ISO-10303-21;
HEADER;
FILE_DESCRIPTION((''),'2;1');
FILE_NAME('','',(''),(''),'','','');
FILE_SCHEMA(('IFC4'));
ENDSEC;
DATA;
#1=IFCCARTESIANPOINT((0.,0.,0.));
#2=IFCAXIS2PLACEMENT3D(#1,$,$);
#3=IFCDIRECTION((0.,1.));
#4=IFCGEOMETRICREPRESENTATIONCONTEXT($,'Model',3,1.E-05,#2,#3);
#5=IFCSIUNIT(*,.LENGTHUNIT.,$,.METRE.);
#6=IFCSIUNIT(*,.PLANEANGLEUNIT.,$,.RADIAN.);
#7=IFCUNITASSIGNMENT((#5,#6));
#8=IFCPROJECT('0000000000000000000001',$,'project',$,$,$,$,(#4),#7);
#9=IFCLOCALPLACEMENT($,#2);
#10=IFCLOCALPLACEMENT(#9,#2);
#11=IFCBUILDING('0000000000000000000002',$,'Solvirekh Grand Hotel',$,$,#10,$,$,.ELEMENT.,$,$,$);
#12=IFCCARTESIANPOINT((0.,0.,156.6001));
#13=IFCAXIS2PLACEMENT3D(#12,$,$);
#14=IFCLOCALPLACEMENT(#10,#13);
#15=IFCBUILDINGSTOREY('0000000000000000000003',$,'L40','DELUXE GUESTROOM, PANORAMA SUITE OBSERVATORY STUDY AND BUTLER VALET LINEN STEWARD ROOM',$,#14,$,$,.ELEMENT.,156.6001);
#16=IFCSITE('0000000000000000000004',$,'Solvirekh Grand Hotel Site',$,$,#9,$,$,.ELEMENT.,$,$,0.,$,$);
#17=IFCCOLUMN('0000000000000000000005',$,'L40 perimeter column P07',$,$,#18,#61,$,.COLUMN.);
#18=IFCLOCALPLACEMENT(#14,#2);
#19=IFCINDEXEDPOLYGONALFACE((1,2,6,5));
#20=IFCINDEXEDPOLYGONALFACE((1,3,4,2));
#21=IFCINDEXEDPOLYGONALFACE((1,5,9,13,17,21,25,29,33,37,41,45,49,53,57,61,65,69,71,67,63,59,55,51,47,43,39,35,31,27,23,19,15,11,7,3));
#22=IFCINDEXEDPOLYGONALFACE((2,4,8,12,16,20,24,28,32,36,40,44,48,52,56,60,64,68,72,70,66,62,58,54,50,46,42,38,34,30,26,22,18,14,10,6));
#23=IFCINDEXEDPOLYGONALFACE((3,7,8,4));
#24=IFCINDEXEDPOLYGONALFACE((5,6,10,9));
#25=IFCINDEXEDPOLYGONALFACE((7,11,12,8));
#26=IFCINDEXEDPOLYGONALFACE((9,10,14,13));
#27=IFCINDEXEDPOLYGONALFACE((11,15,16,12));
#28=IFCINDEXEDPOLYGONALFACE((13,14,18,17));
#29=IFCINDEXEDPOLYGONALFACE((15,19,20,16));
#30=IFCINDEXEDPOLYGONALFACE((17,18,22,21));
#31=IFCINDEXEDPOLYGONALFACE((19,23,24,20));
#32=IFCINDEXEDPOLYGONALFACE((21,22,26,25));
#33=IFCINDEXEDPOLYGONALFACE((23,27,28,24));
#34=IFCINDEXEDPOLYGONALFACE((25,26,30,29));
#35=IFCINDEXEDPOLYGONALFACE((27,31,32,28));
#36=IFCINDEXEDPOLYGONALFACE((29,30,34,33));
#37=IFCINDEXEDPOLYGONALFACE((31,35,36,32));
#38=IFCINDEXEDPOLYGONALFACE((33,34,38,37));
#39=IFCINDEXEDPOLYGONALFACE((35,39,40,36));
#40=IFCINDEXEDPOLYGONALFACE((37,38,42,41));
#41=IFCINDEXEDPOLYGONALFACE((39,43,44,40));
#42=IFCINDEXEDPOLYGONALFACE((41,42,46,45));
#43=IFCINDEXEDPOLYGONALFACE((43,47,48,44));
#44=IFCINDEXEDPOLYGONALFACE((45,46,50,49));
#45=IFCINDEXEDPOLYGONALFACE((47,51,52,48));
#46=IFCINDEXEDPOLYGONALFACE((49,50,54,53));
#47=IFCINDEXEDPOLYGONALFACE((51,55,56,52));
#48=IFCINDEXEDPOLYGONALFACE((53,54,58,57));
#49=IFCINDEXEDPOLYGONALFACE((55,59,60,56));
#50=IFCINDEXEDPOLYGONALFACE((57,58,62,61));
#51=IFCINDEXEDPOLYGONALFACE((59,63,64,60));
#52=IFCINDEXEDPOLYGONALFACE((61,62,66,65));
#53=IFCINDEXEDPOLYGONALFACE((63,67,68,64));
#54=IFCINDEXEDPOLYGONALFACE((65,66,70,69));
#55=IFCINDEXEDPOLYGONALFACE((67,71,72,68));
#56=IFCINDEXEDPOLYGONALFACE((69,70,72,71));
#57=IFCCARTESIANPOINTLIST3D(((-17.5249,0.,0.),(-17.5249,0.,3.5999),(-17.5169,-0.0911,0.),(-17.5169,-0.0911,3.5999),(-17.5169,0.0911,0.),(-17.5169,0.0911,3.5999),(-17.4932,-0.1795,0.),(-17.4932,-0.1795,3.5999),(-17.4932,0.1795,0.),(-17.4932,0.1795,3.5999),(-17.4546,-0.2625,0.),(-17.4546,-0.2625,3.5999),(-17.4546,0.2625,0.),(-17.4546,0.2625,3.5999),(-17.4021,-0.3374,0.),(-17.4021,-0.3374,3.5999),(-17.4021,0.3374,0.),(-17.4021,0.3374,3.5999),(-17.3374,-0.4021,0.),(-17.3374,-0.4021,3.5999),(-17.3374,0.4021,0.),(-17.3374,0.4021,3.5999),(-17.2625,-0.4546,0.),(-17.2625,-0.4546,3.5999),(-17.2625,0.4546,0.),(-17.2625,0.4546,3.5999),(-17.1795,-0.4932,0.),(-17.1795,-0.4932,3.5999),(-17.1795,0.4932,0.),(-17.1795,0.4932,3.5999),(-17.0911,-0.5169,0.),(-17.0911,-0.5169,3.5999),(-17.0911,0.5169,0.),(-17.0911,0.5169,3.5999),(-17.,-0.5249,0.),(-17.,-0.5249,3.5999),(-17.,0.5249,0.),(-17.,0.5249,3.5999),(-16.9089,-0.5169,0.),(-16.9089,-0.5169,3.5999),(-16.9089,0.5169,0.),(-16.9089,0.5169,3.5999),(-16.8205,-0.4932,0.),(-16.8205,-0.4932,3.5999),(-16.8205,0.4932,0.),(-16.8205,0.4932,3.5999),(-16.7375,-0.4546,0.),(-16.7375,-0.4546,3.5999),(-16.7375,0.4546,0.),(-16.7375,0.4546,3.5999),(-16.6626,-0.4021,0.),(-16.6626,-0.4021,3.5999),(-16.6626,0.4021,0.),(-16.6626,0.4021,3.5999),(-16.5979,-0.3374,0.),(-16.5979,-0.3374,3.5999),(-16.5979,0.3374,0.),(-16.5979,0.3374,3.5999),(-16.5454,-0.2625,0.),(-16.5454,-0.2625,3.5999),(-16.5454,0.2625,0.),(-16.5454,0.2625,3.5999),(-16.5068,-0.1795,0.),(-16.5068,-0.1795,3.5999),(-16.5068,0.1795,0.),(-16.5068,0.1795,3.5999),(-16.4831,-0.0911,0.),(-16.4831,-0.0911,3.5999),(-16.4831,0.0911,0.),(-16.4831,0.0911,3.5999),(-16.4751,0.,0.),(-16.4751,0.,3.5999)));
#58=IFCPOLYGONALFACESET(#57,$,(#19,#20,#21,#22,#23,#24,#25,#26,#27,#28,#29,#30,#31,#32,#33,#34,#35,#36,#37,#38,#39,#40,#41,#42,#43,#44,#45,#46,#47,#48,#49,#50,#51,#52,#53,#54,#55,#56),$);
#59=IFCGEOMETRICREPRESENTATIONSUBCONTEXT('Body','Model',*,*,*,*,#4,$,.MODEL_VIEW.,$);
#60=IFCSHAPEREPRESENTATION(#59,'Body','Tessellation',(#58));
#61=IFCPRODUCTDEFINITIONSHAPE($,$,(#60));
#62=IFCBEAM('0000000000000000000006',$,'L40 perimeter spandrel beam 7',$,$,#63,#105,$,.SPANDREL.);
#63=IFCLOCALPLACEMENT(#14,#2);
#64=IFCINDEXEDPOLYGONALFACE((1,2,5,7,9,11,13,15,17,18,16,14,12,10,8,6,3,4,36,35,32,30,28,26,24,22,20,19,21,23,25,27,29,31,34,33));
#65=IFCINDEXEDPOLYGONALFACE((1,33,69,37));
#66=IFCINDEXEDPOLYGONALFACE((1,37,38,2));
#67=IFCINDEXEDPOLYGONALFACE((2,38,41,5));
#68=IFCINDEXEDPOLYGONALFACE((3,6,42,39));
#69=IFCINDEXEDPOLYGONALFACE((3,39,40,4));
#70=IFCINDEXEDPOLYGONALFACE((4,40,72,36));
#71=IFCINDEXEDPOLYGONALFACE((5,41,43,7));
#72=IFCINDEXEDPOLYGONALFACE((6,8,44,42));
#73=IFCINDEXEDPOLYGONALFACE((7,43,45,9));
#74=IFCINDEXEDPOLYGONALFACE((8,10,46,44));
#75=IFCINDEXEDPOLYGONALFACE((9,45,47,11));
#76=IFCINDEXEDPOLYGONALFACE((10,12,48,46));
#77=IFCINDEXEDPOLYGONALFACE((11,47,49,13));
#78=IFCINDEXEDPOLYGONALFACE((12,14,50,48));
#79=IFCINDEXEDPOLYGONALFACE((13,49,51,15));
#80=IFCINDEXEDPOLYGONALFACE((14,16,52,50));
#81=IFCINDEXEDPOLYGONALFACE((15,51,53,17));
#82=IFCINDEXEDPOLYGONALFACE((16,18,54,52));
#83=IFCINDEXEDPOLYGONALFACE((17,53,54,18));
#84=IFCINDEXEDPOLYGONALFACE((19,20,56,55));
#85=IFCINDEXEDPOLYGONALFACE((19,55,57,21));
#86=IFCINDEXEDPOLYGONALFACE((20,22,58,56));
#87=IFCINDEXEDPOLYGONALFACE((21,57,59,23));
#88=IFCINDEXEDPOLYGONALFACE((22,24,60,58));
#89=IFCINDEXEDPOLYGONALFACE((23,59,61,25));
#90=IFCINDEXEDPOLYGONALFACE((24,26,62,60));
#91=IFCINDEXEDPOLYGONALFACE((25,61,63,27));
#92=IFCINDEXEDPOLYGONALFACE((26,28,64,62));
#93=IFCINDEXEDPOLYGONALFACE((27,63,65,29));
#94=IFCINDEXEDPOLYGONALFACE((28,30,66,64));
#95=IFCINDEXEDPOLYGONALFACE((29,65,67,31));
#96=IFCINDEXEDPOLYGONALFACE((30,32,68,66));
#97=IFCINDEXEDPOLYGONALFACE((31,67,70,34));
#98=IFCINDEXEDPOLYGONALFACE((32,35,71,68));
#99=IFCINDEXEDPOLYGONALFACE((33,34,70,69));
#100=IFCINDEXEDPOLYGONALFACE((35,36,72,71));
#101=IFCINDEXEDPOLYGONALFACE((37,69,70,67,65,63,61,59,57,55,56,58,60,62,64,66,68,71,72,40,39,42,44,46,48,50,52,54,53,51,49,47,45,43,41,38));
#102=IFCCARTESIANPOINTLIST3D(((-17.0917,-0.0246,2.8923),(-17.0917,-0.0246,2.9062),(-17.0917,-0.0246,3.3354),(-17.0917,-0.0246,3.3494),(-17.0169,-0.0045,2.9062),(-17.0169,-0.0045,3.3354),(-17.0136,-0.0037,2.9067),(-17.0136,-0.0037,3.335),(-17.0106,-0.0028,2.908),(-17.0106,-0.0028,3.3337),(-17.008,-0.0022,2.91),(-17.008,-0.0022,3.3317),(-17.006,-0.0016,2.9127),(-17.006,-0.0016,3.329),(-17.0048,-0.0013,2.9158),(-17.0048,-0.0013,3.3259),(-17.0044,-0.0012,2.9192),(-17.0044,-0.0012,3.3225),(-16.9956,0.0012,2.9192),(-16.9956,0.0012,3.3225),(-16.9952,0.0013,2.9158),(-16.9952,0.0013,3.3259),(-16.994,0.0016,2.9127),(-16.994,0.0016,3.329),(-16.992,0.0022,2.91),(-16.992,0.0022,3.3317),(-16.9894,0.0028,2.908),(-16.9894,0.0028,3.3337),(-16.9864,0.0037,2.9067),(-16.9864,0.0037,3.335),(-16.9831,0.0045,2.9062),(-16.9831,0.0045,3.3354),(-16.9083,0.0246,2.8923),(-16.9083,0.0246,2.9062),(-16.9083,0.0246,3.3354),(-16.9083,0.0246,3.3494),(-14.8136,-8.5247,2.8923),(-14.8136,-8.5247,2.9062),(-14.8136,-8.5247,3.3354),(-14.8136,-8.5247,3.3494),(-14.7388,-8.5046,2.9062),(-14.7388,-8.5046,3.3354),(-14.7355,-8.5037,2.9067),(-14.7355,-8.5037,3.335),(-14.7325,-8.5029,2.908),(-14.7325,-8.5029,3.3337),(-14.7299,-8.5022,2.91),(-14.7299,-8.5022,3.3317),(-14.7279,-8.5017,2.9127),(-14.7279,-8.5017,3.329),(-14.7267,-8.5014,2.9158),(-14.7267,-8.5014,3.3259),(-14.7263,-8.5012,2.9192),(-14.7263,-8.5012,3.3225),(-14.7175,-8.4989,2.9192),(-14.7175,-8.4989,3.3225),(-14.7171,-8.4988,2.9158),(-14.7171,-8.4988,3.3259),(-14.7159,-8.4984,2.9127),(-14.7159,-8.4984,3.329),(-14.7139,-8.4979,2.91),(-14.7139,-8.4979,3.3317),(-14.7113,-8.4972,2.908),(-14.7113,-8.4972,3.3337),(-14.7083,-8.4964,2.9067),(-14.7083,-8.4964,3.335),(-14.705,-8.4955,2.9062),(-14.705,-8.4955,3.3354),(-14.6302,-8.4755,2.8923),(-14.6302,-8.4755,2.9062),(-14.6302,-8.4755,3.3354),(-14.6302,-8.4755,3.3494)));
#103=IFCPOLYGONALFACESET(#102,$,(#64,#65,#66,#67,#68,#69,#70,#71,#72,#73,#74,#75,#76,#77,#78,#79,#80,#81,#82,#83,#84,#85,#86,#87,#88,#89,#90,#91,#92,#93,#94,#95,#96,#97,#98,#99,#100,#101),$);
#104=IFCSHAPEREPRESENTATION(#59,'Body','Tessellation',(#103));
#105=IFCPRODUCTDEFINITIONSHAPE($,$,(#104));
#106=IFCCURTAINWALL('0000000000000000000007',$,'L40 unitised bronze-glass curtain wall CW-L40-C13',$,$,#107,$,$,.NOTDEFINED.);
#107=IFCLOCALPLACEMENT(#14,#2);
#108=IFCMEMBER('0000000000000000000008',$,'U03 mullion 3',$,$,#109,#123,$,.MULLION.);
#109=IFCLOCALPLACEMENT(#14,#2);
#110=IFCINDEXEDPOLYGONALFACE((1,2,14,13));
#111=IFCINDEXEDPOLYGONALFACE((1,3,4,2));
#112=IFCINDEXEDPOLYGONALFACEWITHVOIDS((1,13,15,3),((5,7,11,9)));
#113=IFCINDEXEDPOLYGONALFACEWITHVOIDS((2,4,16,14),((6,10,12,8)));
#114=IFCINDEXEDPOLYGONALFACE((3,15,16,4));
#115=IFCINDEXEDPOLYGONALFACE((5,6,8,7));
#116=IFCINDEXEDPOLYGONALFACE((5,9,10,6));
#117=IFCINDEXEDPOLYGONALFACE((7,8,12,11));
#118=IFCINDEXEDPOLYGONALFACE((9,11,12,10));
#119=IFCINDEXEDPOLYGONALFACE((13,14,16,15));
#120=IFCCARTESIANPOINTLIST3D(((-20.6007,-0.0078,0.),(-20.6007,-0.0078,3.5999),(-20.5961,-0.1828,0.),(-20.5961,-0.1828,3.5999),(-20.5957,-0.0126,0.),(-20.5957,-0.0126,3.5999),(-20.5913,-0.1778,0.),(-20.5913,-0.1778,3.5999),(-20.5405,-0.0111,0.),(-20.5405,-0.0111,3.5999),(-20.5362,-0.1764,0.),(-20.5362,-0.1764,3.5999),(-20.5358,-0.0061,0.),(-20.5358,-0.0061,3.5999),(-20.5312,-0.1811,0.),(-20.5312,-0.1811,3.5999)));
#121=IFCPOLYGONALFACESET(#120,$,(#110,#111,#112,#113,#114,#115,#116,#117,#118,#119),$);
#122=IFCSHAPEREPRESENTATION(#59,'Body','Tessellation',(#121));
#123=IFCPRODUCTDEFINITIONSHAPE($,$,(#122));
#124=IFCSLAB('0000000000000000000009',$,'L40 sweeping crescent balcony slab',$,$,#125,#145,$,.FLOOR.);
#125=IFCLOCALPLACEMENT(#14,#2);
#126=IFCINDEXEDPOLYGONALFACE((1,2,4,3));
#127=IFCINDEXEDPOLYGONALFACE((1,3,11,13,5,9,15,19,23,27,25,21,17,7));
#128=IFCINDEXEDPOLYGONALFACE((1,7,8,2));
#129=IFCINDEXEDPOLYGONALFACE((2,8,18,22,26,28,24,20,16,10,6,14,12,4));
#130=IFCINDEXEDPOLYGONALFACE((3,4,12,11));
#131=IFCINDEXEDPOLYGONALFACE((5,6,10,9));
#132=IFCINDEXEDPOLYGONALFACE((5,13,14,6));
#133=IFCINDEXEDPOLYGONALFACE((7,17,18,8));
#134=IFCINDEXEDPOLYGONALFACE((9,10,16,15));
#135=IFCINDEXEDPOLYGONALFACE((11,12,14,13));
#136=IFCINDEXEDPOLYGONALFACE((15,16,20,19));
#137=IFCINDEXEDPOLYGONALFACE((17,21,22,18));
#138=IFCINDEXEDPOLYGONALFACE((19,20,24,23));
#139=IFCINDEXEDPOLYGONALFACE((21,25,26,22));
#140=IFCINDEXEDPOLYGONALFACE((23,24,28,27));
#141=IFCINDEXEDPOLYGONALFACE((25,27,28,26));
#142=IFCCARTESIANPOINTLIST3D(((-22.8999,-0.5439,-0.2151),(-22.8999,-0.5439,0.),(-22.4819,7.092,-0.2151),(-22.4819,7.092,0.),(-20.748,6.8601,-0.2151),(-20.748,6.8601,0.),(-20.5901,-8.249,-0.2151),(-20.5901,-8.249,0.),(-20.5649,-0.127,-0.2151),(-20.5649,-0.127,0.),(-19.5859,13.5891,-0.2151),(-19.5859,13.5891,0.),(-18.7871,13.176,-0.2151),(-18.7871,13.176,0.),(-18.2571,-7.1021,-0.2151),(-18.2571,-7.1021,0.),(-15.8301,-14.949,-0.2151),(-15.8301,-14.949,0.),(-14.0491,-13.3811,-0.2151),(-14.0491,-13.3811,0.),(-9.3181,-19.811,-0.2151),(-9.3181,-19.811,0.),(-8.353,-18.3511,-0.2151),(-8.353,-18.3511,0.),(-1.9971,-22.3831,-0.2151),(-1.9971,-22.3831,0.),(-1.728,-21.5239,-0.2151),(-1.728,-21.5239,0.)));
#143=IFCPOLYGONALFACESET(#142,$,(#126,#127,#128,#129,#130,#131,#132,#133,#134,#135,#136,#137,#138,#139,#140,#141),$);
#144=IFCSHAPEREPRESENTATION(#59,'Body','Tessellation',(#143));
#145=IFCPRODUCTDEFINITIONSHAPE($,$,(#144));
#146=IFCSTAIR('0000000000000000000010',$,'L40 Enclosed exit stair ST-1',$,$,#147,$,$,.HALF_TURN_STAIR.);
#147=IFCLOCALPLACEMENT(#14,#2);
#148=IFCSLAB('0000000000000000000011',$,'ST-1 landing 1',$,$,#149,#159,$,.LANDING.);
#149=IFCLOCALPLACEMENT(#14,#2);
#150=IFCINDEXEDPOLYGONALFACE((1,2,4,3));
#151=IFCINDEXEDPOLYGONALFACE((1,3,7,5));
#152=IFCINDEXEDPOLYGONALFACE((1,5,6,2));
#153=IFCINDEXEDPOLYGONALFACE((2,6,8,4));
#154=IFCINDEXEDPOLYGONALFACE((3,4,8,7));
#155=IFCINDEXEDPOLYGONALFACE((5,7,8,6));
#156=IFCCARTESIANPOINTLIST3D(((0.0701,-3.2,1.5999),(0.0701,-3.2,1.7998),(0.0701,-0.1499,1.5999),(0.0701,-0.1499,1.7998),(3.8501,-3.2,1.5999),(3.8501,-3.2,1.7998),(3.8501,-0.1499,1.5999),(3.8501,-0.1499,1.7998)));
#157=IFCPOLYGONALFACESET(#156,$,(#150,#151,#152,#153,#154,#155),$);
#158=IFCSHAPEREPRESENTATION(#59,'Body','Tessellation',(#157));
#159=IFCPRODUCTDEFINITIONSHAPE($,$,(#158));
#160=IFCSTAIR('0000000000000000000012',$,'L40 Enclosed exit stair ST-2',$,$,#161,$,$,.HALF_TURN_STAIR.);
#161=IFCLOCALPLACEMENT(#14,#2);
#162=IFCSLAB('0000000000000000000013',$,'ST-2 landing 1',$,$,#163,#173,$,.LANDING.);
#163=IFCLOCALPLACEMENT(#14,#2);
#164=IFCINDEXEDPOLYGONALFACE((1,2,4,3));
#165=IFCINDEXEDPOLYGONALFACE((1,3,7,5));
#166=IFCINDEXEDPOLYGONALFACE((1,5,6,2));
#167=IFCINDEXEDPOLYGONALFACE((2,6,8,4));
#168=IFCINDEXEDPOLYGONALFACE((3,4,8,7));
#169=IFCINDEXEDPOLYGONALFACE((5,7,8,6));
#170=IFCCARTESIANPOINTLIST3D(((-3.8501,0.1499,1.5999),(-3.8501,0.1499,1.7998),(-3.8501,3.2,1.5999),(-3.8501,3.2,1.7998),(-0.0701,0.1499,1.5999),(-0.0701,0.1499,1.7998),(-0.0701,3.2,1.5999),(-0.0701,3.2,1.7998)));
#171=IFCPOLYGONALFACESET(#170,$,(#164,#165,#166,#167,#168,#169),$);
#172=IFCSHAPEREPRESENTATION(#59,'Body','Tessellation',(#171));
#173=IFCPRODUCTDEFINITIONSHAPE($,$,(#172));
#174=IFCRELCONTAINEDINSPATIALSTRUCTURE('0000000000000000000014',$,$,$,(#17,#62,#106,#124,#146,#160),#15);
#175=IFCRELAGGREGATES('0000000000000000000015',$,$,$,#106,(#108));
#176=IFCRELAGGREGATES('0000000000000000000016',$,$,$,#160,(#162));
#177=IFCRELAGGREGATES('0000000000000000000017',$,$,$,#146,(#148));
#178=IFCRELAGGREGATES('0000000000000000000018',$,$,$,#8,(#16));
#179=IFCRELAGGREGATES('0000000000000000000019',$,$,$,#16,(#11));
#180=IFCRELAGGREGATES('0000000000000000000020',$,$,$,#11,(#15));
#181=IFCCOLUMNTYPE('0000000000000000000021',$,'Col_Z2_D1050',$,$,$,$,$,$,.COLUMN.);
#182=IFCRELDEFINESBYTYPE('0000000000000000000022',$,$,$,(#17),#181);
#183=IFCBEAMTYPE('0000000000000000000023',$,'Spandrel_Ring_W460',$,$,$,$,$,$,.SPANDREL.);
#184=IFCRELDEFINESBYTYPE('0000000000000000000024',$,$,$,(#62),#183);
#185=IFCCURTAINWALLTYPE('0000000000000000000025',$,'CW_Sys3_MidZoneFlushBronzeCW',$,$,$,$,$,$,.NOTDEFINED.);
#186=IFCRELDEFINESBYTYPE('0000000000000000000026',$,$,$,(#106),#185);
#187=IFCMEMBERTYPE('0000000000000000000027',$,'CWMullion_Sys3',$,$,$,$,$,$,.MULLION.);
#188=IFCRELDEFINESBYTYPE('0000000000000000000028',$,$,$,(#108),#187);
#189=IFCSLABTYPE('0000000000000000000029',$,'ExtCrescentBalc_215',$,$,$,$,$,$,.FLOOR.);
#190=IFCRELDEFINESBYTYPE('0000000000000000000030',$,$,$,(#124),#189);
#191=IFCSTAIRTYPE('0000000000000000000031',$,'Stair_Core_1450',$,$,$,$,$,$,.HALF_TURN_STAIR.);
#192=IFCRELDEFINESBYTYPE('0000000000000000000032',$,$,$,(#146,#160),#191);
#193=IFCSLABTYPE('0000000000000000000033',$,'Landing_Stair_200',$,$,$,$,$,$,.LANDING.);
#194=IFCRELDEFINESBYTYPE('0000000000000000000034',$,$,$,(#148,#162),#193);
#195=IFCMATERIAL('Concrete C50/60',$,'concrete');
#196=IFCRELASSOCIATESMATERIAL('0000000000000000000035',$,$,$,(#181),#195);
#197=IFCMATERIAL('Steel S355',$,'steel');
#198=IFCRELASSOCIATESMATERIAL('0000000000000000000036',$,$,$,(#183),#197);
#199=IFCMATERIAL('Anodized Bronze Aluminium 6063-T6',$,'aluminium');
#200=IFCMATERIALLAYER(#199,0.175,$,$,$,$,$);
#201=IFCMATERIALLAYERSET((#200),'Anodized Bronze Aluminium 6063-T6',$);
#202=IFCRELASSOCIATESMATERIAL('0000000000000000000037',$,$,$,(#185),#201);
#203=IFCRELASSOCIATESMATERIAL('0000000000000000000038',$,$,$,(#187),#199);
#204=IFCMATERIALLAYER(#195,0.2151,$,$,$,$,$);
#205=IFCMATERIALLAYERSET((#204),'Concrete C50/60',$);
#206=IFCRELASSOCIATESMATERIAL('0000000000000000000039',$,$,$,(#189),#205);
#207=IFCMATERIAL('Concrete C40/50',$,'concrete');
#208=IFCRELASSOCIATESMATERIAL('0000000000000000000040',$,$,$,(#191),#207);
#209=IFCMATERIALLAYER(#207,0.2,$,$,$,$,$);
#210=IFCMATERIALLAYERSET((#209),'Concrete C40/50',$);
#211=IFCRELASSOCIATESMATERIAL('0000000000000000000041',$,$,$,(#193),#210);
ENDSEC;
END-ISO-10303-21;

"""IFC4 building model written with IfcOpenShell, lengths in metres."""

from ifc_helpers import new_model, si_unit, direction, frame, origin, origin_2d, place, context, subcontext, project, spatial, polyline, hollow_rectangle, circle, i_section, outline, extrude, source, transform, mapped, material, layer, layer_set, material_profile, profile_set, type_object, element, aggregate, save


model = new_model("IFC4")

# Units and contexts
model_context = context("Model", 3, precision=1e-05, world=origin(), true_north=direction((0.0, 1.0)))
body_context = subcontext(model_context, "Body", "Model", "MODEL_VIEW")
ifc_project = project(units=[si_unit("LENGTHUNIT", "METRE"), si_unit("PLANEANGLEUNIT", "RADIAN")], contexts=[model_context])

# Site, building, storey
site_placement = place(None, origin())
site = spatial("IfcSite", under=ifc_project, at=site_placement, Name="Solvirekh Grand Hotel Site", CompositionType="ELEMENT", RefElevation=0.0)
building_placement = place(site_placement, origin())
building = spatial("IfcBuilding", under=site, at=building_placement, Name="Solvirekh Grand Hotel", CompositionType="ELEMENT")
storey_placement = place(building_placement, frame((0.0, 0.0, 156.6001)))
storey = spatial("IfcBuildingStorey", under=building, at=storey_placement, Name="L40", Description="DELUXE GUESTROOM, PANORAMA SUITE OBSERVATORY STUDY AND BUTLER VALET LINEN STEWARD ROOM", CompositionType="ELEMENT", Elevation=156.6001)

# Column
ifc_material_1 = material(Name="Concrete C50/60", Category="concrete")
ifc_material_profile_1 = material_profile(ifc_material_1, circle(Radius=0.5249, at=origin_2d()), Name="RC CIRC D1050")
ifc_profile_set_1 = profile_set([ifc_material_profile_1], Name="Concrete C50/60")
column_type = type_object("IfcColumnType", Name="Col_Z2_D1050", PredefinedType="COLUMN", material=ifc_profile_set_1)
column_placement = place(storey_placement, frame((-17.0, 0.0, 0.0), z_axis=(0.0, 0.0, 1.0), x_axis=(1.0, 0.0, 0.0)))
element("IfcColumn", 1, at=column_placement, inside=storey, type_object=column_type, Name="L40 perimeter column P07", PredefinedType="COLUMN", context=body_context, shape_type="SweptSolid", body=[
    extrude(circle(Radius=0.5249, at=origin_2d()), origin(), (0.0, 0.0, 1.0), 3.5999),
])

# Beam
ifc_material_2 = material(Name="Steel S355", Category="steel")
ifc_material_profile_2 = material_profile(ifc_material_2, i_section(OverallWidth=0.1899, OverallDepth=0.457, WebThickness=0.009, FlangeThickness=0.0139, FilletRadius=0.0129, at=origin_2d()), Name="W460X74")
ifc_profile_set_2 = profile_set([ifc_material_profile_2], Name="Steel S355")
beam_type = type_object("IfcBeamType", Name="Spandrel_Ring_W460", PredefinedType="SPANDREL", material=ifc_profile_set_2)
beam_placement = place(storey_placement, frame((-17.0, 0.0, 3.1208), z_axis=(0.258873, -0.965911, 0.0), x_axis=(0.965911, 0.258873, 0.0)))
element("IfcBeam", 2, at=beam_placement, inside=storey, type_object=beam_type, Name="L40 perimeter spandrel beam 7", PredefinedType="SPANDREL", context=body_context, shape_type="SweptSolid", body=[
    extrude(i_section(OverallWidth=0.1899, OverallDepth=0.457, WebThickness=0.009, FlangeThickness=0.0139, FilletRadius=0.0129, at=origin_2d()), origin(), (0.0, 0.0, 1.0), 8.8),
])

# Curtain wall, member
ifc_material_3 = material(Name="Anodized Bronze Aluminium 6063-T6", Category="aluminium")
ifc_layer_1 = layer(ifc_material_3, 0.175)
ifc_layer_set_1 = layer_set([ifc_layer_1], Name="Anodized Bronze Aluminium 6063-T6")
curtain_wall_type = type_object("IfcCurtainWallType", Name="CW_Sys3_MidZoneFlushBronzeCW", PredefinedType="NOTDEFINED", material=ifc_layer_set_1)
curtain_wall_placement = place(storey_placement, origin())
curtain_wall = element("IfcCurtainWall", 3, at=curtain_wall_placement, inside=storey, type_object=curtain_wall_type, Name="L40 unitised bronze-glass curtain wall CW-L40-C13", PredefinedType="NOTDEFINED")
ifc_material_profile_3 = material_profile(ifc_material_3, hollow_rectangle(XDim=0.0649, YDim=0.175, WallThickness=0.0049, at=origin_2d()), Name="ALU RHS 175X65X5")
ifc_profile_set_3 = profile_set([ifc_material_profile_3], Name="Anodized Bronze Aluminium 6063-T6")
member_type = type_object("IfcMemberType", Name="CWMullion_Sys3", PredefinedType="MULLION", material=ifc_profile_set_3)
shared_shape = source(origin(), body_context, "Body", "SweptSolid", [
    extrude(hollow_rectangle(XDim=0.0649, YDim=0.175, WallThickness=0.0049, at=origin_2d()), origin(), (0.0, 0.0, 1.0), 3.5999),
])
member_placement = place(storey_placement, frame((-20.5659, -0.0945, 0.0), z_axis=(0.0, 0.0, 1.0), x_axis=(0.999657, 0.026183, 0.0)))
member = element("IfcMember", 4, at=member_placement, type_object=member_type, Name="U03 mullion 3", PredefinedType="MULLION", context=body_context, shape_type="MappedRepresentation", body=[
    mapped(shared_shape, transform((0.0, 0.0, 0.0), x_axis=(1.0, 0.0, 0.0), y_axis=(0.0, 1.0, 0.0), z_axis=(0.0, 0.0, 1.0), scale=1.0)),
])
aggregate(curtain_wall, [member])

# Slab
ifc_layer_2 = layer(ifc_material_1, 0.2151)
ifc_layer_set_2 = layer_set([ifc_layer_2], Name="Concrete C50/60")
slab_type_1 = type_object("IfcSlabType", Name="ExtCrescentBalc_215", PredefinedType="FLOOR", material=ifc_layer_set_2)
slab_1_placement = place(storey_placement, frame((0.0, 0.0, -0.2151)))
element("IfcSlab", 5, at=slab_1_placement, inside=storey, type_object=slab_type_1, Name="L40 sweeping crescent balcony slab", PredefinedType="FLOOR", context=body_context, shape_type="SweptSolid", body=[
    extrude(outline(polyline([(-19.5859, 13.5891), (-22.4819, 7.092), (-22.8999, -0.5439), (-20.5901, -8.249), (-15.8301, -14.949), (-9.3181, -19.811), (-1.9971, -22.3831), (-1.728, -21.5239), (-8.353, -18.3511), (-14.0491, -13.3811), (-18.2571, -7.1021), (-20.5649, -0.127), (-20.748, 6.8601), (-18.7871, 13.176), (-19.5859, 13.5891)])), origin(), (0.0, 0.0, 1.0), 0.2151),
])

# Stairs, slabs
ifc_material_4 = material(Name="Concrete C40/50", Category="concrete")
stair_type = type_object("IfcStairType", Name="Stair_Core_1450", PredefinedType="HALF_TURN_STAIR", material=ifc_material_4)
stair_1_placement = place(storey_placement, origin())
stair_1 = element("IfcStair", 6, at=stair_1_placement, inside=storey, type_object=stair_type, Name="L40 Enclosed exit stair ST-1", PredefinedType="HALF_TURN_STAIR")
ifc_layer_3 = layer(ifc_material_4, 0.2)
ifc_layer_set_3 = layer_set([ifc_layer_3], Name="Concrete C40/50")
slab_type_2 = type_object("IfcSlabType", Name="Landing_Stair_200", PredefinedType="LANDING", material=ifc_layer_set_3)
slab_2_placement = place(storey_placement, frame((0.0, 0.0, 1.5999)))
slab_2 = element("IfcSlab", 7, at=slab_2_placement, type_object=slab_type_2, Name="ST-1 landing 1", PredefinedType="LANDING", context=body_context, shape_type="SweptSolid", body=[
    extrude(outline(polyline([(0.0701, -3.2), (3.8501, -3.2), (3.8501, -0.1499), (0.0701, -0.1499), (0.0701, -3.2)])), origin(), (0.0, 0.0, 1.0), 0.2),
])
stair_2_placement = place(storey_placement, origin())
stair_2 = element("IfcStair", 8, at=stair_2_placement, inside=storey, type_object=stair_type, Name="L40 Enclosed exit stair ST-2", PredefinedType="HALF_TURN_STAIR")
slab_3_placement = place(storey_placement, frame((0.0, 0.0, 1.5999)))
slab_3 = element("IfcSlab", 9, at=slab_3_placement, type_object=slab_type_2, Name="ST-2 landing 1", PredefinedType="LANDING", context=body_context, shape_type="SweptSolid", body=[
    extrude(outline(polyline([(-0.0701, 3.2), (-3.8501, 3.2), (-3.8501, 0.1499), (-0.0701, 0.1499), (-0.0701, 3.2)])), origin(), (0.0, 0.0, 1.0), 0.2),
])
aggregate(stair_2, [slab_3])

aggregate(stair_1, [slab_2])

save(model, "model.ifc")
